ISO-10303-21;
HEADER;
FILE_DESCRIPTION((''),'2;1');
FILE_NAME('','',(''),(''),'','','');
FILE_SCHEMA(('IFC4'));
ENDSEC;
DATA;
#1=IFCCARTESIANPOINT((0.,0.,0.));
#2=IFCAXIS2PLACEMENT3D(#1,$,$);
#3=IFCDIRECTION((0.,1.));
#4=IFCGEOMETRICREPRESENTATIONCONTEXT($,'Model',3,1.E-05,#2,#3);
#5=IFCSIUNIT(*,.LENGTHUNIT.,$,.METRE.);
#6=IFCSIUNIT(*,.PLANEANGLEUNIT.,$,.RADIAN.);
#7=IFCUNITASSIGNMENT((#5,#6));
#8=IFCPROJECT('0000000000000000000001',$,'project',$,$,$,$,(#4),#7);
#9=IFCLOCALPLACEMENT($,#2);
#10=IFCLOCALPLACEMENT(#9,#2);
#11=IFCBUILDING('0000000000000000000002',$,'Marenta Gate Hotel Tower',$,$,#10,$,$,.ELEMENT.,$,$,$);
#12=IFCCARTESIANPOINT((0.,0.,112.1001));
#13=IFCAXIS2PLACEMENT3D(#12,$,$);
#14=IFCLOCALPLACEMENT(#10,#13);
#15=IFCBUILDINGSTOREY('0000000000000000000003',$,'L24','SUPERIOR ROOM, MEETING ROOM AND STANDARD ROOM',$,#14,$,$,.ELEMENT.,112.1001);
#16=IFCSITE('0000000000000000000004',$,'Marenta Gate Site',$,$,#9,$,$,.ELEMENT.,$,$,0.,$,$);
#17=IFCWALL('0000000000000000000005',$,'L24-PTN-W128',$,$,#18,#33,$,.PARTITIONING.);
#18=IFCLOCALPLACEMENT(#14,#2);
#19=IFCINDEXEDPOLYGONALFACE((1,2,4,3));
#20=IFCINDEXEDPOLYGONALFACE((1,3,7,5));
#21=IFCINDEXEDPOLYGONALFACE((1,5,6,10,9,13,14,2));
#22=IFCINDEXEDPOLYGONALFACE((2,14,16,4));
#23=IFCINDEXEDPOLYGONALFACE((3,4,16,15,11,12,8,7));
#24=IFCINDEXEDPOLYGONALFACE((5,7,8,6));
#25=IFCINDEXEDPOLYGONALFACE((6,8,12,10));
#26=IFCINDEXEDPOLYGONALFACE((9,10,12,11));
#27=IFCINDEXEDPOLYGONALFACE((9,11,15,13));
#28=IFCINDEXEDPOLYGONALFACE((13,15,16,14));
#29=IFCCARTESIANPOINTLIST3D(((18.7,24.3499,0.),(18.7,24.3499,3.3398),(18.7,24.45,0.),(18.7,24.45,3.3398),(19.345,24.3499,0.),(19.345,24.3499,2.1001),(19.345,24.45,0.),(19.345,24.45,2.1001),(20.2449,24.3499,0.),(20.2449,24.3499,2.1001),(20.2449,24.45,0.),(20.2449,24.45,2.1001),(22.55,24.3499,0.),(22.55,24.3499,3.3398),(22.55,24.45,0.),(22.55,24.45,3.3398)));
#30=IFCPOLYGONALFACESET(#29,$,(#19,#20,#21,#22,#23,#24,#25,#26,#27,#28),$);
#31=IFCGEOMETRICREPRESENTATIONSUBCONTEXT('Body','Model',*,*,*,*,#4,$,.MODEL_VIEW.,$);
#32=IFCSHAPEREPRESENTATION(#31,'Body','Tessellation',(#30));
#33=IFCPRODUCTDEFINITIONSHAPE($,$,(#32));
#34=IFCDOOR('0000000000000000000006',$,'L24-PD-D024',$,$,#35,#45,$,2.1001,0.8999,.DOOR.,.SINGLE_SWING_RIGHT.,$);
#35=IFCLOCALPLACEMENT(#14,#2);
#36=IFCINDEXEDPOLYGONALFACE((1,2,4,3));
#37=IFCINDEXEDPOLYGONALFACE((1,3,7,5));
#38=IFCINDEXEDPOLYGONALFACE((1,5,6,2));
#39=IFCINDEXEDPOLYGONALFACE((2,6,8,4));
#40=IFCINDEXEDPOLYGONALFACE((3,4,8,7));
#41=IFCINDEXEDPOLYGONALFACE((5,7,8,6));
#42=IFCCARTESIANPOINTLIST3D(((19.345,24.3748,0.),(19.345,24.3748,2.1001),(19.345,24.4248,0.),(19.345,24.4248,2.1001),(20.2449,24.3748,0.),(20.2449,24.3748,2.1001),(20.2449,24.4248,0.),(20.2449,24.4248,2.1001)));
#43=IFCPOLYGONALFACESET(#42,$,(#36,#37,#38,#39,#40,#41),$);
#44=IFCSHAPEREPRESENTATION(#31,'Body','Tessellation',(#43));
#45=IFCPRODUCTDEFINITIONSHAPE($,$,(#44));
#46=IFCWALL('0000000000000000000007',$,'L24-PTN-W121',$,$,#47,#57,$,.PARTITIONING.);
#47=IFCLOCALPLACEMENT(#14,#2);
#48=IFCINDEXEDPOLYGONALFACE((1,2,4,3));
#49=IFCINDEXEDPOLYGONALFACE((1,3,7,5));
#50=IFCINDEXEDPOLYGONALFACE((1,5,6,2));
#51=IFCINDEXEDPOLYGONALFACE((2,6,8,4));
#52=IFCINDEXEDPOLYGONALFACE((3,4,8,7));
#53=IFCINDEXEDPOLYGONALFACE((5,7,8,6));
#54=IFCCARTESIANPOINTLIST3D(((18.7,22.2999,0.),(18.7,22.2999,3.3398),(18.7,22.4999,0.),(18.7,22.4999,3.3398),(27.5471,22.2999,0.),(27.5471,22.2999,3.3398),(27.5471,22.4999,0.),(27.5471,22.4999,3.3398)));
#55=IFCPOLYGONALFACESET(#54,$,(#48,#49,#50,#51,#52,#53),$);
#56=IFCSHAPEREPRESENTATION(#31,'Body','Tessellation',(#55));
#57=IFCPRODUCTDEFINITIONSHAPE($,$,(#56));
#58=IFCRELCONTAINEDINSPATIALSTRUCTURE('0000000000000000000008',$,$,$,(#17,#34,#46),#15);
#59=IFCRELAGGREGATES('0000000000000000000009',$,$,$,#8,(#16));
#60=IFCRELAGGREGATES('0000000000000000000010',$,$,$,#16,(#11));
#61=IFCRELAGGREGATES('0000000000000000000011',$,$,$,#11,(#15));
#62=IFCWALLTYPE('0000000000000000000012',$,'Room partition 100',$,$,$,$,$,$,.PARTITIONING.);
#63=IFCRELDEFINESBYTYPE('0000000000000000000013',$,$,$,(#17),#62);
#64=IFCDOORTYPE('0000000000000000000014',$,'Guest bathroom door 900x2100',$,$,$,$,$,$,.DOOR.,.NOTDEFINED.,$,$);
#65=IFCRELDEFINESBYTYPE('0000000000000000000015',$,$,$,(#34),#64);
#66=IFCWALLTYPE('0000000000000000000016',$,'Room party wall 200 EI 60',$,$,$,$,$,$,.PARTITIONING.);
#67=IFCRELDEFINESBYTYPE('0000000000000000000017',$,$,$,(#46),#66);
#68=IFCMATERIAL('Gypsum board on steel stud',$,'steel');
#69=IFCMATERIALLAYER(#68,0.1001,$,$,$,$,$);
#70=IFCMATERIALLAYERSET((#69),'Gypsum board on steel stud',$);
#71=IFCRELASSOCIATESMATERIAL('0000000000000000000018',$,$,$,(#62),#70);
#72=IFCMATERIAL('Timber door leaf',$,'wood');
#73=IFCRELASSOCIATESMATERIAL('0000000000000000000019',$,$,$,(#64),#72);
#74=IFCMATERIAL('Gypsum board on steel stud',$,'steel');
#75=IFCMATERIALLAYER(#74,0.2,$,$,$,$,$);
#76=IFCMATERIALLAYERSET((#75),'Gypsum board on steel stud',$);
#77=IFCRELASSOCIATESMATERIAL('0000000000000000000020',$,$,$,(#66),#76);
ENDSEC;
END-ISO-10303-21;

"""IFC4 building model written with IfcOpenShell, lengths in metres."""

from ifc_helpers import new_model, si_unit, direction, frame, frame_2d, origin, place, context, subcontext, project, spatial, rectangle, extrude, material, layer, layer_set, type_object, element, fill, save


model = new_model("IFC4")

# Units and contexts
model_context = context("Model", 3, precision=1e-05, world=origin(), true_north=direction((0.0, 1.0)))
body_context = subcontext(model_context, "Body", "Model", "MODEL_VIEW")
ifc_project = project(units=[si_unit("LENGTHUNIT", "METRE"), si_unit("PLANEANGLEUNIT", "RADIAN")], contexts=[model_context])

# Site, building, storey
site_placement = place(None, origin())
site = spatial("IfcSite", under=ifc_project, at=site_placement, Name="Marenta Gate Site", CompositionType="ELEMENT", RefElevation=0.0)
building_placement = place(site_placement, origin())
building = spatial("IfcBuilding", under=site, at=building_placement, Name="Marenta Gate Hotel Tower", CompositionType="ELEMENT")
storey_placement = place(building_placement, frame((0.0, 0.0, 112.1001)))
storey = spatial("IfcBuildingStorey", under=building, at=storey_placement, Name="L24", Description="SUPERIOR ROOM, MEETING ROOM AND STANDARD ROOM", CompositionType="ELEMENT", Elevation=112.1001)

# Shared definitions
ifc_material_1 = material(Name="Gypsum board on steel stud", Category="steel")
ifc_layer_1 = layer(ifc_material_1, 0.1001)
ifc_layer_set_1 = layer_set([ifc_layer_1], Name="Gypsum board on steel stud")
wall_type_1 = type_object("IfcWallType", Name="Room partition 100", PredefinedType="PARTITIONING", material=ifc_layer_set_1)

# Shared definitions
ifc_material_2 = material(Name="Timber door leaf", Category="wood")
door_type = type_object("IfcDoorType", Name="Guest bathroom door 900x2100", OperationType="NOTDEFINED", PredefinedType="DOOR", material=ifc_material_2)

# Wall, opening, door
wall_1_placement = place(storey_placement, frame((18.7, 24.3999, 0.0), z_axis=(0.0, 0.0, 1.0), x_axis=(1.0, 0.0, 0.0)))
wall_1 = element("IfcWall", 1, at=wall_1_placement, inside=storey, type_object=wall_type_1, Name="L24-PTN-W128", PredefinedType="PARTITIONING", context=body_context, shape_type="SweptSolid", body=[
    extrude(rectangle(XDim=3.8501, YDim=0.1001, at=frame_2d((1.925, 0.0))), origin(), (0.0, 0.0, 1.0), 3.3398),
])
opening_1_placement = place(wall_1_placement, frame((0.645, 0.0, 0.0)))
opening_1 = element("IfcOpeningElement", 2, at=opening_1_placement, cuts=wall_1, PredefinedType="OPENING", context=body_context, shape_type="SweptSolid", body=[
    extrude(rectangle(XDim=0.8999, YDim=2.1001, at=frame_2d((0.45, 1.05))), frame((0.0, 0.05, 0.0), z_axis=(0.0, -1.0, 0.0), x_axis=(1.0, 0.0, 0.0)), (0.0, 0.0, 1.0), 0.1001),
])
door_1_placement = place(opening_1_placement, origin())
door_1 = element("IfcDoor", 3, at=door_1_placement, inside=storey, type_object=door_type, Name="L24-PD-D024", OperationType="SINGLE_SWING_RIGHT", OverallHeight=2.1001, OverallWidth=0.8999, PredefinedType="DOOR", context=body_context, shape_type="SweptSolid", body=[
    extrude(rectangle(XDim=0.8999, YDim=2.1001, at=frame_2d((0.45, 1.05))), frame((0.0, 0.0249, 0.0), z_axis=(0.0, -1.0, 0.0), x_axis=(1.0, 0.0, 0.0)), (0.0, 0.0, 1.0), 0.05),
])
fill(opening_1, door_1)

# Wall
ifc_material_3 = material(Name="Gypsum board on steel stud", Category="steel")
ifc_layer_2 = layer(ifc_material_3, 0.2)
ifc_layer_set_2 = layer_set([ifc_layer_2], Name="Gypsum board on steel stud")
wall_type_2 = type_object("IfcWallType", Name="Room party wall 200 EI 60", PredefinedType="PARTITIONING", material=ifc_layer_set_2)
wall_2_placement = place(storey_placement, frame((18.7, 22.3999, 0.0), z_axis=(0.0, 0.0, 1.0), x_axis=(1.0, 0.0, 0.0)))
element("IfcWall", 4, at=wall_2_placement, inside=storey, type_object=wall_type_2, Name="L24-PTN-W121", PredefinedType="PARTITIONING", context=body_context, shape_type="SweptSolid", body=[
    extrude(rectangle(XDim=8.8472, YDim=0.2, at=frame_2d((4.4236, 0.0))), origin(), (0.0, 0.0, 1.0), 3.3398),
])

save(model, "model.ifc")
